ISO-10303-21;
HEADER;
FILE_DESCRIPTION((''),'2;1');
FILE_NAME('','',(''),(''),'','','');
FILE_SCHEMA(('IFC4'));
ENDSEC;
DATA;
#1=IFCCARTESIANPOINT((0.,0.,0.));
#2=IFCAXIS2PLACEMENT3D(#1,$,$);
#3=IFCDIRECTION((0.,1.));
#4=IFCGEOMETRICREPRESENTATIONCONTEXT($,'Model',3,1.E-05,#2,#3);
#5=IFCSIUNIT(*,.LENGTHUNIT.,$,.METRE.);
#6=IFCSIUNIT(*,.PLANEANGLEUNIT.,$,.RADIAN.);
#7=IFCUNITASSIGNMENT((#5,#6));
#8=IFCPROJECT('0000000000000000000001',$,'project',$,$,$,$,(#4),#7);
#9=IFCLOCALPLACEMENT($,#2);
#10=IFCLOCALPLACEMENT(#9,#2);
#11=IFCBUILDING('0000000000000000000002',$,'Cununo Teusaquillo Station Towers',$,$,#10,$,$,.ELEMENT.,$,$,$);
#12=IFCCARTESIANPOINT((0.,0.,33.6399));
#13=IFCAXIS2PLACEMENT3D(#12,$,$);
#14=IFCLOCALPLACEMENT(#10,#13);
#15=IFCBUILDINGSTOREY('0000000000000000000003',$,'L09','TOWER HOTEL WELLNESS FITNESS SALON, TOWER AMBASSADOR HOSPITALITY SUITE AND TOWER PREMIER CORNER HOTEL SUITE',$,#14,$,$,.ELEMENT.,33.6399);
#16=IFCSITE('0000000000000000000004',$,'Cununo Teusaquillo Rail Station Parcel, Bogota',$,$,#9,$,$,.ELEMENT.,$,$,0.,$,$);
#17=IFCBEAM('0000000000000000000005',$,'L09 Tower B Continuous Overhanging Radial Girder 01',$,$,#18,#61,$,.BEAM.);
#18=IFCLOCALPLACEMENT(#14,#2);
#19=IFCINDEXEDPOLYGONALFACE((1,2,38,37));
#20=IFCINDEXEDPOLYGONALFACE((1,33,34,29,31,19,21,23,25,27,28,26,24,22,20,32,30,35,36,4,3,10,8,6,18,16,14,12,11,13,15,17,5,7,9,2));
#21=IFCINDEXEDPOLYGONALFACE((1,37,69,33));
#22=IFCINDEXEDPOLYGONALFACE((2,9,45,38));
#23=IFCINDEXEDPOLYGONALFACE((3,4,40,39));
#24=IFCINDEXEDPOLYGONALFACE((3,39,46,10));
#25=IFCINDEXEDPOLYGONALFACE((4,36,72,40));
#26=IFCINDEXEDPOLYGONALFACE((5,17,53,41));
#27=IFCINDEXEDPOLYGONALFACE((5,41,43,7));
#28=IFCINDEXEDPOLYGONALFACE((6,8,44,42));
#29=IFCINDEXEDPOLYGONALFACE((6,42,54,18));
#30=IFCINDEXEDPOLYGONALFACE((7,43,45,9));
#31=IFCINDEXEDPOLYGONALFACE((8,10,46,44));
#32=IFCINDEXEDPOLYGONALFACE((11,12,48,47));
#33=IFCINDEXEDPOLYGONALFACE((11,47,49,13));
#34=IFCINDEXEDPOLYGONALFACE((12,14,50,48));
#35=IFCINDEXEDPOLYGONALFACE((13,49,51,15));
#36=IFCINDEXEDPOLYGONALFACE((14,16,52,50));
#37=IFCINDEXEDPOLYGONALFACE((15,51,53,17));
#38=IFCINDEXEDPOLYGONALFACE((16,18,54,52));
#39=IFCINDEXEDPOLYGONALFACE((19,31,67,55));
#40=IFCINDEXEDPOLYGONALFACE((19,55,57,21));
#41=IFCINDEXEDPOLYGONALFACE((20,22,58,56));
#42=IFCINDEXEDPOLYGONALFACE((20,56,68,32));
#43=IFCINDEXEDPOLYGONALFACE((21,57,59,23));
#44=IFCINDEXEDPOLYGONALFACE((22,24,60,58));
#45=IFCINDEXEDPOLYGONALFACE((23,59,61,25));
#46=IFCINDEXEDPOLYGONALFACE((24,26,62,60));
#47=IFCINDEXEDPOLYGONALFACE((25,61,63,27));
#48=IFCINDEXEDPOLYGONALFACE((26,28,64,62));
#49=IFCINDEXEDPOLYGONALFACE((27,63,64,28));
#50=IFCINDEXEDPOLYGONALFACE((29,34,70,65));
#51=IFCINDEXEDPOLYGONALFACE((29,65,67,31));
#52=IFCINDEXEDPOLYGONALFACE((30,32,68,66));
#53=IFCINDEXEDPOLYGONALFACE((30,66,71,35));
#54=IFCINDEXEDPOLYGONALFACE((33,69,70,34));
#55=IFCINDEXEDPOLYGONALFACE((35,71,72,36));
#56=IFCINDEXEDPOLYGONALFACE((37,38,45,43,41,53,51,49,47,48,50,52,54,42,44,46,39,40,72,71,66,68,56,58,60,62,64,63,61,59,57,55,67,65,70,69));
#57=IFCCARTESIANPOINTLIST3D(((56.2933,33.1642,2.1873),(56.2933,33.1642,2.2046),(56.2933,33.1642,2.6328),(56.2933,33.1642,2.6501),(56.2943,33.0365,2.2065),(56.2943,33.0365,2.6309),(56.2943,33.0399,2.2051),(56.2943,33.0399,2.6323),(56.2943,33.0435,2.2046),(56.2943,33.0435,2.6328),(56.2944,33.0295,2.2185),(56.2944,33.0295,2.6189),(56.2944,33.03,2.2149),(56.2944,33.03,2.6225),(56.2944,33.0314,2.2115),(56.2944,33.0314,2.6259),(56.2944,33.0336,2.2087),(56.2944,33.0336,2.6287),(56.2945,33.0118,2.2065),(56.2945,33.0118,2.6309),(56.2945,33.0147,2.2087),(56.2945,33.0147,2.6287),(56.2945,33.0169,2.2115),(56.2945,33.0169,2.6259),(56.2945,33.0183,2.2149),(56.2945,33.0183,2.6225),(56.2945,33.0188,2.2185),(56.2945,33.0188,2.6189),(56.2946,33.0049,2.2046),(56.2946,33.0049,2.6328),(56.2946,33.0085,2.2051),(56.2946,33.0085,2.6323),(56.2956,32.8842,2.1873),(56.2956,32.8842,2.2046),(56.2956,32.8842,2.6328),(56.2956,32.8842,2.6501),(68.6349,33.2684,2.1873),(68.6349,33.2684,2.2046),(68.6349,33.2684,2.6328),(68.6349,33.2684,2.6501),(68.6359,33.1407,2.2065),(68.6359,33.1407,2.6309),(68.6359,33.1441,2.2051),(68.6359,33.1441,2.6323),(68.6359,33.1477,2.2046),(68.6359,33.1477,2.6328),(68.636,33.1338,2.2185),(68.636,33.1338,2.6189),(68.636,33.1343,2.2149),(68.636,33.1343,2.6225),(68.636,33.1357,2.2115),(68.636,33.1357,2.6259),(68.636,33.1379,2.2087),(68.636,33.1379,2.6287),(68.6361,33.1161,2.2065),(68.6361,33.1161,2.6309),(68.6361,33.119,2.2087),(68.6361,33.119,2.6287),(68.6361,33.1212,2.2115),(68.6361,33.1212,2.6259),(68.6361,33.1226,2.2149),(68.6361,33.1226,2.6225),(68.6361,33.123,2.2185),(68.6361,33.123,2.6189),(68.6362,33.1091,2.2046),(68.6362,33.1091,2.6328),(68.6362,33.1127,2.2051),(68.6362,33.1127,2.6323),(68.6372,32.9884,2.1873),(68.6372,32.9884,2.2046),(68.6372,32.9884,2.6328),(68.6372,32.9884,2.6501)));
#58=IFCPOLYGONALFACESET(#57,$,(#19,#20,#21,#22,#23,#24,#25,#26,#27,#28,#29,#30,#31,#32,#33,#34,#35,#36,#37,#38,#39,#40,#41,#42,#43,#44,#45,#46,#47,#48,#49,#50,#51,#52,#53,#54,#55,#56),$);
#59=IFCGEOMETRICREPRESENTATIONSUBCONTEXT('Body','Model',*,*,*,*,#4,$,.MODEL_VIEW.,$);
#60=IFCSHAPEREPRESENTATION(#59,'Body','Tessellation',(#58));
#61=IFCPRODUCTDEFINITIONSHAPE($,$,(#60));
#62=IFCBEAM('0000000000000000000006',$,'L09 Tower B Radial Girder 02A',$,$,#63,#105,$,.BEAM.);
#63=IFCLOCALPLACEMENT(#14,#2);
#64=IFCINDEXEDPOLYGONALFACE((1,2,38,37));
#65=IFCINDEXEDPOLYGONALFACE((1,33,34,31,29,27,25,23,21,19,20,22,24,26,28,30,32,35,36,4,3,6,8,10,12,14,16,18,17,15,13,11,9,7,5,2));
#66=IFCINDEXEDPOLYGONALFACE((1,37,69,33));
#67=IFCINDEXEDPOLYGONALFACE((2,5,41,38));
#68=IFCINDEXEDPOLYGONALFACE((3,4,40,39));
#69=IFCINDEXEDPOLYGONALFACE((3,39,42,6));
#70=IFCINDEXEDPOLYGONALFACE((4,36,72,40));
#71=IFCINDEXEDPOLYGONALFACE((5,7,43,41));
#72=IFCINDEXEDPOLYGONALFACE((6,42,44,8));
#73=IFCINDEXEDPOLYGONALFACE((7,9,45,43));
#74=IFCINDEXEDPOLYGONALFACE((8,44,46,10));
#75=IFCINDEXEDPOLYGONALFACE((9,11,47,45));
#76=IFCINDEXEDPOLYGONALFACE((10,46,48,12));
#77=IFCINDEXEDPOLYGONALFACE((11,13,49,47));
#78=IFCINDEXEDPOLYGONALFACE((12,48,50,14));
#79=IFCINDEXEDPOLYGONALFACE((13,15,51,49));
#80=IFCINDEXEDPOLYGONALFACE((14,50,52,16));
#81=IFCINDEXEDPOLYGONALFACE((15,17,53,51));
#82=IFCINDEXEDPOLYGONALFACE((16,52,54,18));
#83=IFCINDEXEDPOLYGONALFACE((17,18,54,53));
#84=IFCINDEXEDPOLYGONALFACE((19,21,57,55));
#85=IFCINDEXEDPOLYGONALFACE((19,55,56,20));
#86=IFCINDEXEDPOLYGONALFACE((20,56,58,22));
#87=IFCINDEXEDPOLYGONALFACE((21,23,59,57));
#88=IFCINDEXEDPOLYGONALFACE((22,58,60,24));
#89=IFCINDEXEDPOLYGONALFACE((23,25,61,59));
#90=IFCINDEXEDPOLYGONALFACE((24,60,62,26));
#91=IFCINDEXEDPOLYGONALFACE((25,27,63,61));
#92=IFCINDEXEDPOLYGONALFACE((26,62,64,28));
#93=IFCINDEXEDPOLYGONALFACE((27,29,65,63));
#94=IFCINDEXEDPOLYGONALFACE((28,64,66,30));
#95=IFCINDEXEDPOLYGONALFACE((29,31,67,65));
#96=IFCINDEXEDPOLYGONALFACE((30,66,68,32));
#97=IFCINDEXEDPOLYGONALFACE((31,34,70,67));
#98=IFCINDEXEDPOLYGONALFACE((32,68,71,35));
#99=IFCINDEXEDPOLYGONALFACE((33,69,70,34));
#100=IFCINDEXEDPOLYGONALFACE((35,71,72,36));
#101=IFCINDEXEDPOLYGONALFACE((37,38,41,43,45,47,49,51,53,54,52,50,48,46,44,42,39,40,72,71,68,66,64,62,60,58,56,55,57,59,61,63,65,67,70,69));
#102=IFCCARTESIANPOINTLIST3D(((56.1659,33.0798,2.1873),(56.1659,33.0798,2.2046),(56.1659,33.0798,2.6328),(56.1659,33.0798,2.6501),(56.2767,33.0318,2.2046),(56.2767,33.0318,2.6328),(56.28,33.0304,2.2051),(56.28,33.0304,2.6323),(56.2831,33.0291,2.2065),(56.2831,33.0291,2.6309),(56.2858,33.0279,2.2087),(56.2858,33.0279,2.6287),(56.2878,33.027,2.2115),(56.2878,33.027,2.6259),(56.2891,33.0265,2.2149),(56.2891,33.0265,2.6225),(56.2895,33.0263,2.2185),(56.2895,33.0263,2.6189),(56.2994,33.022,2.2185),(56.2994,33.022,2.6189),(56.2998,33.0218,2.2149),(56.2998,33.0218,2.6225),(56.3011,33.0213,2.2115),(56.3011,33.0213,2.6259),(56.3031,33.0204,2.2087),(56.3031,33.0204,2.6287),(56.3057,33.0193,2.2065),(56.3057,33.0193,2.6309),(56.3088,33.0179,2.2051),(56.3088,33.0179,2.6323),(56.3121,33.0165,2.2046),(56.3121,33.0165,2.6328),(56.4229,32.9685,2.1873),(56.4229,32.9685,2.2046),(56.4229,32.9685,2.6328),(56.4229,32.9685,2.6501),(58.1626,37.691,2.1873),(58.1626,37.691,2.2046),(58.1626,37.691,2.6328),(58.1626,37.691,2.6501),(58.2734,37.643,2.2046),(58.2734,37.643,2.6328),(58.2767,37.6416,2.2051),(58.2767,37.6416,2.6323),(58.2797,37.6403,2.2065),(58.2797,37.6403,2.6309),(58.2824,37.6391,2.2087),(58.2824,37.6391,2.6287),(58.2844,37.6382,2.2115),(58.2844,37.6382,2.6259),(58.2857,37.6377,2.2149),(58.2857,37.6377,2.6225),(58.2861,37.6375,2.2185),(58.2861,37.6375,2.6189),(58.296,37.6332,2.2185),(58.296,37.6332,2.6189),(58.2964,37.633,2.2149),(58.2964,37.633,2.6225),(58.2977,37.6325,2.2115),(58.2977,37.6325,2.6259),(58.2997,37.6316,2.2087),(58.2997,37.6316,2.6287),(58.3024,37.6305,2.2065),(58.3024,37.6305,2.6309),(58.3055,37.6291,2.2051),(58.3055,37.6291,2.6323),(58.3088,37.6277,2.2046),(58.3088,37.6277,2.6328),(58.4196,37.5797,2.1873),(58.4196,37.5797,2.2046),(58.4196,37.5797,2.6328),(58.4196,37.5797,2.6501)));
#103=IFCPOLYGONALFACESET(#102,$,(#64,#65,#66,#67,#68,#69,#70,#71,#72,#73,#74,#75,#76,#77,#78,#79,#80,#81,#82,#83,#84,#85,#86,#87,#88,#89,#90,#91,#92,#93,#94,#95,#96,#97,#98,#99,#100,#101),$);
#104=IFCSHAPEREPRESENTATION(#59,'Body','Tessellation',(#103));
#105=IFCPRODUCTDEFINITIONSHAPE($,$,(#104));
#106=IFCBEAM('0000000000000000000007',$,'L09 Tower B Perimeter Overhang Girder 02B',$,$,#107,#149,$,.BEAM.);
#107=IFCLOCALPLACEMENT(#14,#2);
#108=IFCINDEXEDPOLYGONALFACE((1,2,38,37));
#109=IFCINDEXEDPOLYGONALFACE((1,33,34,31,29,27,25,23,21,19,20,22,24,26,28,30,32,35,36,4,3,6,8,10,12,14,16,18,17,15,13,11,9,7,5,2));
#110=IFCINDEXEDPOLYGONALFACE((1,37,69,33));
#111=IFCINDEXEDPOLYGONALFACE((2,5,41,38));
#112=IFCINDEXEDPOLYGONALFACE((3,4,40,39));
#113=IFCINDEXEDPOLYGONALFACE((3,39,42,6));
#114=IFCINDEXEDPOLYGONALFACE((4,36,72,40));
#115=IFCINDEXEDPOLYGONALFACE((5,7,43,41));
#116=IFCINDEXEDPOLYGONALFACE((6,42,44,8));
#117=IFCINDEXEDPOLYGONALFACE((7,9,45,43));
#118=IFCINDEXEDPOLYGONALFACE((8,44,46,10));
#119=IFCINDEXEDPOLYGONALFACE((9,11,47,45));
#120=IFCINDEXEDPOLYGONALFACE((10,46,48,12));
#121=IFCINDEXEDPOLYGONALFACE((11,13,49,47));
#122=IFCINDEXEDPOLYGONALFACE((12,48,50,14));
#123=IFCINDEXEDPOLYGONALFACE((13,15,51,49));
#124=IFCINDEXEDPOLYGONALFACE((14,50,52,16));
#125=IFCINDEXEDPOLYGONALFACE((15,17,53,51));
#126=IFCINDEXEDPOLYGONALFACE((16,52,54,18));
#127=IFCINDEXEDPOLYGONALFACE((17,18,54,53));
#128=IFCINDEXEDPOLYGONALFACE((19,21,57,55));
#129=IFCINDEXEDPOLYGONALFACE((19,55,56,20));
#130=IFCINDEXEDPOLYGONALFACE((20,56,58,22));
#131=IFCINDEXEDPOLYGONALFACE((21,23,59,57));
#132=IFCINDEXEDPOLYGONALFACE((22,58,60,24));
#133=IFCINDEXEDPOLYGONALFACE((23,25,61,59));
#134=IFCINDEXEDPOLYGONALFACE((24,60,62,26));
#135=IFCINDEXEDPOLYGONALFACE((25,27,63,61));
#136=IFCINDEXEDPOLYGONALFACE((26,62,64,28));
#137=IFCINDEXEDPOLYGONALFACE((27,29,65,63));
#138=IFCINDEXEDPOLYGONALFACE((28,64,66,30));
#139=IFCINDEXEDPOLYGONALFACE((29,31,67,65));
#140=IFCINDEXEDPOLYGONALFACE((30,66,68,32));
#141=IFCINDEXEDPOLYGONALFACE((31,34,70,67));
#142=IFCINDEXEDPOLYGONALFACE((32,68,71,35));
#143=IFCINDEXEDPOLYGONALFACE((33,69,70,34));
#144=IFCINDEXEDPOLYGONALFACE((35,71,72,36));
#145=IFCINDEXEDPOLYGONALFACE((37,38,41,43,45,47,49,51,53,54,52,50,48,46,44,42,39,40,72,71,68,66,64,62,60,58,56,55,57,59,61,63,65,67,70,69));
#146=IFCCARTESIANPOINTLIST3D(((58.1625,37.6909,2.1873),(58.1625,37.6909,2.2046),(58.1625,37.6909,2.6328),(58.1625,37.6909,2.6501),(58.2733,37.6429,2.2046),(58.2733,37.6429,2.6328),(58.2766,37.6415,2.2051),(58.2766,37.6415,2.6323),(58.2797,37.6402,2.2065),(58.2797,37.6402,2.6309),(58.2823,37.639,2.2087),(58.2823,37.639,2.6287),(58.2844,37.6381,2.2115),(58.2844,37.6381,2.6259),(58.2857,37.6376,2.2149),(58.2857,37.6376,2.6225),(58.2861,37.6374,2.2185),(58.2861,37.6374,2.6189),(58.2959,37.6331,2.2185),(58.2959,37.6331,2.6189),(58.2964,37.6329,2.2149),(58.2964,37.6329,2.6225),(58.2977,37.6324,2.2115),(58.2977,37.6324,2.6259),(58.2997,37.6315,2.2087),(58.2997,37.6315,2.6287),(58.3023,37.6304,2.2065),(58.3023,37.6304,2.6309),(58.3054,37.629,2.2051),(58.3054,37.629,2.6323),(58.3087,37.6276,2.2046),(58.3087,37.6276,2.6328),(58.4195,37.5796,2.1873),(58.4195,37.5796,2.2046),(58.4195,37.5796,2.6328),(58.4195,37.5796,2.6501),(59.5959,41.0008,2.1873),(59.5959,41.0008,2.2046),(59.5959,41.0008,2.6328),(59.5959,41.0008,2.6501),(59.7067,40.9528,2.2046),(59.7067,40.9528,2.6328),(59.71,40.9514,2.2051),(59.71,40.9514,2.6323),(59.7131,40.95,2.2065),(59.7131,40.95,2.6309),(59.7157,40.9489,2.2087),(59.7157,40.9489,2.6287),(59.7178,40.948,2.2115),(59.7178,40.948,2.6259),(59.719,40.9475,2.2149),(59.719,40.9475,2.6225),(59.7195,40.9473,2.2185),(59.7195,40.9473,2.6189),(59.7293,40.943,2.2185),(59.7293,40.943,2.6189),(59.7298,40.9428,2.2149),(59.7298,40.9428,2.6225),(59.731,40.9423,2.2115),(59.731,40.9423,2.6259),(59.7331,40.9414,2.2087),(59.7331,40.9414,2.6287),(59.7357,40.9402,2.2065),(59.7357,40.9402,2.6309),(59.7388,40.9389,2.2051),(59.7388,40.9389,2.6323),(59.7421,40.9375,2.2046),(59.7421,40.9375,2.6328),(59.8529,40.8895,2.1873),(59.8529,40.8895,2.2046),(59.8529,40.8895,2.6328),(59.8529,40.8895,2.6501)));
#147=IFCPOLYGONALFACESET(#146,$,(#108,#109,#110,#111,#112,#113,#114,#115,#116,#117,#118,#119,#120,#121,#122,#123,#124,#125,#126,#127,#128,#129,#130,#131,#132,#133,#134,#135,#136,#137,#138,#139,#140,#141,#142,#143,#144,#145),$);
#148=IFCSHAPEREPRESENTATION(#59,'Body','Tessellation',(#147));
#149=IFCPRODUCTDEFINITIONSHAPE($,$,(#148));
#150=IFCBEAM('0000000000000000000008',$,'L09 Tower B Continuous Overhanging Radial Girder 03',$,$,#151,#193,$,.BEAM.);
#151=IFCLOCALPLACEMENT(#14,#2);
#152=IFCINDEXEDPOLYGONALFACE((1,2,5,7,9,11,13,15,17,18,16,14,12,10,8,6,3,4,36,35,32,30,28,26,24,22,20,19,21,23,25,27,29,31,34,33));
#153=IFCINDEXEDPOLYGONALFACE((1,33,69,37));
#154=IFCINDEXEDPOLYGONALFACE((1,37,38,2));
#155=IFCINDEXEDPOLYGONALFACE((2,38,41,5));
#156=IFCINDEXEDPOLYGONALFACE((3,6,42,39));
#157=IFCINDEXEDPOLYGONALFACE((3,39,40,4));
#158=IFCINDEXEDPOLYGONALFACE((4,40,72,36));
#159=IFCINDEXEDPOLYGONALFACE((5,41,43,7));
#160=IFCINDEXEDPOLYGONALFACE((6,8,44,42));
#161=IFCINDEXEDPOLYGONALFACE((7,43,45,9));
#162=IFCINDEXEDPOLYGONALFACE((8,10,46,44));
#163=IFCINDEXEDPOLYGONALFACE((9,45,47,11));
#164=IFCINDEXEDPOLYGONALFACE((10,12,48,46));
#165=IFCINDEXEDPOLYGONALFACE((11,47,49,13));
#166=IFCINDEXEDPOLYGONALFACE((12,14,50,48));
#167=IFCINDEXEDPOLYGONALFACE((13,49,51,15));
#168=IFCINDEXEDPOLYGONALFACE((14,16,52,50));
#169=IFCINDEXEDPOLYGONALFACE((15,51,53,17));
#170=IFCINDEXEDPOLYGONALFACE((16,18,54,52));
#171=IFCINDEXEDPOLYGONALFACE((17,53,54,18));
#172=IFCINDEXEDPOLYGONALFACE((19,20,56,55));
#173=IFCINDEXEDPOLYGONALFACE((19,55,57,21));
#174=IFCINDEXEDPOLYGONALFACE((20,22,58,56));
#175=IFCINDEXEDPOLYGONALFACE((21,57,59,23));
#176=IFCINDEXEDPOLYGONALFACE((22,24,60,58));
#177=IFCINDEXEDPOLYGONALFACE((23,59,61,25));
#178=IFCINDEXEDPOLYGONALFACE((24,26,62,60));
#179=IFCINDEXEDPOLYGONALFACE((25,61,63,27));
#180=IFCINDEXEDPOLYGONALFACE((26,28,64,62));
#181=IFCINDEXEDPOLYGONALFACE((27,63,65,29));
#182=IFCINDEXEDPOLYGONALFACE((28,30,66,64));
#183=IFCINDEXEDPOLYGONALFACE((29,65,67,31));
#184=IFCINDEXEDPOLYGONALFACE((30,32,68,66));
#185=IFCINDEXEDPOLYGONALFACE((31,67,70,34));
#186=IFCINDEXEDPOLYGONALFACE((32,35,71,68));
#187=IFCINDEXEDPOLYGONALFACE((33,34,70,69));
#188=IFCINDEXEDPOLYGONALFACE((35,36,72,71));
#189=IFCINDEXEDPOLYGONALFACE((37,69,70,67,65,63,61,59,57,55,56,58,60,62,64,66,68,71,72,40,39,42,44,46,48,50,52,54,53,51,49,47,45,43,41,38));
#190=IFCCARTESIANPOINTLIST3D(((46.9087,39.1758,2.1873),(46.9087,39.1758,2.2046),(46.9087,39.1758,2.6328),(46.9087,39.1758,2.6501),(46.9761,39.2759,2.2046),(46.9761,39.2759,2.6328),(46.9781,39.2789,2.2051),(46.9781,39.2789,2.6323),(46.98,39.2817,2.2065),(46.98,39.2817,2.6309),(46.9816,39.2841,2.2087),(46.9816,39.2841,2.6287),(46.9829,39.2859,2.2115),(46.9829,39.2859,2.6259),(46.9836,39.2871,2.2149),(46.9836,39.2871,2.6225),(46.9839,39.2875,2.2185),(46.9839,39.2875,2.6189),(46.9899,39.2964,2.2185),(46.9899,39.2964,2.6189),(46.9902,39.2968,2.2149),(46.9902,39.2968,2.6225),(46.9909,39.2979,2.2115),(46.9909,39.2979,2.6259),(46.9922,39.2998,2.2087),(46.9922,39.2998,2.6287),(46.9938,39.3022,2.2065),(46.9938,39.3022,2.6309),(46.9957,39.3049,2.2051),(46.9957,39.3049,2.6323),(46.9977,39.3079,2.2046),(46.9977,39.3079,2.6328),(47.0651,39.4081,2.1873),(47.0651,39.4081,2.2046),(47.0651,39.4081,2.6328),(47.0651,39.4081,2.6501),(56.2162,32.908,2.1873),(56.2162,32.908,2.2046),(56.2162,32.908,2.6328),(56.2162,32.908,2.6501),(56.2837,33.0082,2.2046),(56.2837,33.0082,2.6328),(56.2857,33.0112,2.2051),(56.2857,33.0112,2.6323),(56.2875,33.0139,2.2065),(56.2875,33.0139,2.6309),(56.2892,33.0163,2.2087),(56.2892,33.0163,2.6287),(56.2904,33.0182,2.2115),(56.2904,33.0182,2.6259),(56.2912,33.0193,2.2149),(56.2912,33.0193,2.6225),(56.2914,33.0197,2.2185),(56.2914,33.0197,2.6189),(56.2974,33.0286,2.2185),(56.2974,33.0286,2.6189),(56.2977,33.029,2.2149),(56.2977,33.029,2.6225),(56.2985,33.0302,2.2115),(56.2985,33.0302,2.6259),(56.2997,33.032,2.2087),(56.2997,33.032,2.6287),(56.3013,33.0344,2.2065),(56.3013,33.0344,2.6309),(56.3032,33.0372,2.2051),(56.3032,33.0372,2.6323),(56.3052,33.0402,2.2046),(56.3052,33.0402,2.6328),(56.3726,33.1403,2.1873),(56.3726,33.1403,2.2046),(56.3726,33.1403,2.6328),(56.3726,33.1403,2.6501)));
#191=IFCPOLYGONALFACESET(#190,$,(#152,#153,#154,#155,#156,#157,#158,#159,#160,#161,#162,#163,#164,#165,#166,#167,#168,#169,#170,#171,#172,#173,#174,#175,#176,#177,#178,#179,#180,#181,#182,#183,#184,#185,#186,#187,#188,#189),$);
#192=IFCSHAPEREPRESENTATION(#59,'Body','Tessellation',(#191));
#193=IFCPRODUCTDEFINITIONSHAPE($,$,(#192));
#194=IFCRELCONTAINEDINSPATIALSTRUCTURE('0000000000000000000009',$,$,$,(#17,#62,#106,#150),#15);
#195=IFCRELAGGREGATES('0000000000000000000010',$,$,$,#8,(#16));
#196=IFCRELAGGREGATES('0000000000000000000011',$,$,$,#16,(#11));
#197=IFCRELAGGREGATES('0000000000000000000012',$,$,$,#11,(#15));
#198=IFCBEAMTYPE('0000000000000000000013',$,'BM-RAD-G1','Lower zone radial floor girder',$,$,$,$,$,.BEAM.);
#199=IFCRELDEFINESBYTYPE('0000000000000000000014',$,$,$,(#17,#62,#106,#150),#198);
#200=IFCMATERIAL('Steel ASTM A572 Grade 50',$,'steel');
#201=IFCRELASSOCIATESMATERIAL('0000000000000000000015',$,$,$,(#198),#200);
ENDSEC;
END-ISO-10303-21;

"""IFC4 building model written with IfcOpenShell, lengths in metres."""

from ifc_helpers import new_model, si_unit, direction, frame, origin, origin_2d, place, context, subcontext, project, spatial, i_section, extrude, material, material_profile, profile_set, type_object, element, save


model = new_model("IFC4")

# Units and contexts
model_context = context("Model", 3, precision=1e-05, world=origin(), true_north=direction((0.0, 1.0)))
body_context = subcontext(model_context, "Body", "Model", "MODEL_VIEW")
ifc_project = project(units=[si_unit("LENGTHUNIT", "METRE"), si_unit("PLANEANGLEUNIT", "RADIAN")], contexts=[model_context])

# Site, building, storey
site_placement = place(None, origin())
site = spatial("IfcSite", under=ifc_project, at=site_placement, Name="Cununo Teusaquillo Rail Station Parcel, Bogota", CompositionType="ELEMENT", RefElevation=0.0)
building_placement = place(site_placement, origin())
building = spatial("IfcBuilding", under=site, at=building_placement, Name="Cununo Teusaquillo Station Towers", CompositionType="ELEMENT")
storey_placement = place(building_placement, frame((0.0, 0.0, 33.6399)))
storey = spatial("IfcBuildingStorey", under=building, at=storey_placement, Name="L09", Description="TOWER HOTEL WELLNESS FITNESS SALON, TOWER AMBASSADOR HOSPITALITY SUITE AND TOWER PREMIER CORNER HOTEL SUITE", CompositionType="ELEMENT", Elevation=33.6399)

# Beams
ifc_material_1 = material(Name="Steel ASTM A572 Grade 50", Category="steel")
ifc_material_profile_1 = material_profile(ifc_material_1, i_section(OverallWidth=0.28, OverallDepth=0.4629, WebThickness=0.0107, FlangeThickness=0.0173, FilletRadius=0.0139, at=origin_2d()), Name="W18X76")
ifc_profile_set_1 = profile_set([ifc_material_profile_1], Name="Steel ASTM A572 Grade 50")
beam_type_1 = type_object("IfcBeamType", Name="BM-RAD-G1", Description="Lower zone radial floor girder", PredefinedType="BEAM", material=ifc_profile_set_1)
beam_1_placement = place(storey_placement, frame((56.2944, 33.0242, 2.4187), z_axis=(0.999964, 0.008447, 0.0), x_axis=(-0.008447, 0.999964, 0.0)))
element("IfcBeam", 1, at=beam_1_placement, inside=storey, type_object=beam_type_1, Name="L09 Tower B Continuous Overhanging Radial Girder 01", PredefinedType="BEAM", context=body_context, shape_type="SweptSolid", body=[
    extrude(i_section(OverallWidth=0.28, OverallDepth=0.4629, WebThickness=0.0107, FlangeThickness=0.0173, FilletRadius=0.0139, at=origin_2d()), origin(), (0.0, 0.0, 1.0), 12.342),
])
beam_2_placement = place(storey_placement, frame((56.2944, 33.0242, 2.4187), z_axis=(0.397347, 0.917668, 0.0), x_axis=(-0.917668, 0.397347, 0.0)))
element("IfcBeam", 2, at=beam_2_placement, inside=storey, type_object=beam_type_1, Name="L09 Tower B Radial Girder 02A", PredefinedType="BEAM", context=body_context, shape_type="SweptSolid", body=[
    extrude(i_section(OverallWidth=0.28, OverallDepth=0.4629, WebThickness=0.0107, FlangeThickness=0.0173, FilletRadius=0.0139, at=origin_2d()), origin(), (0.0, 0.0, 1.0), 5.0249),
])
beam_3_placement = place(storey_placement, frame((58.291, 37.6353, 2.4187), z_axis=(0.397397, 0.917647, 0.0), x_axis=(-0.917647, 0.397397, 0.0)))
element("IfcBeam", 3, at=beam_3_placement, inside=storey, type_object=beam_type_1, Name="L09 Tower B Perimeter Overhang Girder 02B", PredefinedType="BEAM", context=body_context, shape_type="SweptSolid", body=[
    extrude(i_section(OverallWidth=0.28, OverallDepth=0.4629, WebThickness=0.0107, FlangeThickness=0.0173, FilletRadius=0.0139, at=origin_2d()), origin(), (0.0, 0.0, 1.0), 3.6069),
])
beam_4_placement = place(storey_placement, frame((56.2944, 33.0242, 2.4187), z_axis=(-0.829461, 0.558565, 0.0), x_axis=(-0.558565, -0.829461, 0.0)))
element("IfcBeam", 4, at=beam_4_placement, inside=storey, type_object=beam_type_1, Name="L09 Tower B Continuous Overhanging Radial Girder 03", PredefinedType="BEAM", context=body_context, shape_type="SweptSolid", body=[
    extrude(i_section(OverallWidth=0.28, OverallDepth=0.4629, WebThickness=0.0107, FlangeThickness=0.0173, FilletRadius=0.0139, at=origin_2d()), origin(), (0.0, 0.0, 1.0), 11.2212),
])

save(model, "model.ifc")
